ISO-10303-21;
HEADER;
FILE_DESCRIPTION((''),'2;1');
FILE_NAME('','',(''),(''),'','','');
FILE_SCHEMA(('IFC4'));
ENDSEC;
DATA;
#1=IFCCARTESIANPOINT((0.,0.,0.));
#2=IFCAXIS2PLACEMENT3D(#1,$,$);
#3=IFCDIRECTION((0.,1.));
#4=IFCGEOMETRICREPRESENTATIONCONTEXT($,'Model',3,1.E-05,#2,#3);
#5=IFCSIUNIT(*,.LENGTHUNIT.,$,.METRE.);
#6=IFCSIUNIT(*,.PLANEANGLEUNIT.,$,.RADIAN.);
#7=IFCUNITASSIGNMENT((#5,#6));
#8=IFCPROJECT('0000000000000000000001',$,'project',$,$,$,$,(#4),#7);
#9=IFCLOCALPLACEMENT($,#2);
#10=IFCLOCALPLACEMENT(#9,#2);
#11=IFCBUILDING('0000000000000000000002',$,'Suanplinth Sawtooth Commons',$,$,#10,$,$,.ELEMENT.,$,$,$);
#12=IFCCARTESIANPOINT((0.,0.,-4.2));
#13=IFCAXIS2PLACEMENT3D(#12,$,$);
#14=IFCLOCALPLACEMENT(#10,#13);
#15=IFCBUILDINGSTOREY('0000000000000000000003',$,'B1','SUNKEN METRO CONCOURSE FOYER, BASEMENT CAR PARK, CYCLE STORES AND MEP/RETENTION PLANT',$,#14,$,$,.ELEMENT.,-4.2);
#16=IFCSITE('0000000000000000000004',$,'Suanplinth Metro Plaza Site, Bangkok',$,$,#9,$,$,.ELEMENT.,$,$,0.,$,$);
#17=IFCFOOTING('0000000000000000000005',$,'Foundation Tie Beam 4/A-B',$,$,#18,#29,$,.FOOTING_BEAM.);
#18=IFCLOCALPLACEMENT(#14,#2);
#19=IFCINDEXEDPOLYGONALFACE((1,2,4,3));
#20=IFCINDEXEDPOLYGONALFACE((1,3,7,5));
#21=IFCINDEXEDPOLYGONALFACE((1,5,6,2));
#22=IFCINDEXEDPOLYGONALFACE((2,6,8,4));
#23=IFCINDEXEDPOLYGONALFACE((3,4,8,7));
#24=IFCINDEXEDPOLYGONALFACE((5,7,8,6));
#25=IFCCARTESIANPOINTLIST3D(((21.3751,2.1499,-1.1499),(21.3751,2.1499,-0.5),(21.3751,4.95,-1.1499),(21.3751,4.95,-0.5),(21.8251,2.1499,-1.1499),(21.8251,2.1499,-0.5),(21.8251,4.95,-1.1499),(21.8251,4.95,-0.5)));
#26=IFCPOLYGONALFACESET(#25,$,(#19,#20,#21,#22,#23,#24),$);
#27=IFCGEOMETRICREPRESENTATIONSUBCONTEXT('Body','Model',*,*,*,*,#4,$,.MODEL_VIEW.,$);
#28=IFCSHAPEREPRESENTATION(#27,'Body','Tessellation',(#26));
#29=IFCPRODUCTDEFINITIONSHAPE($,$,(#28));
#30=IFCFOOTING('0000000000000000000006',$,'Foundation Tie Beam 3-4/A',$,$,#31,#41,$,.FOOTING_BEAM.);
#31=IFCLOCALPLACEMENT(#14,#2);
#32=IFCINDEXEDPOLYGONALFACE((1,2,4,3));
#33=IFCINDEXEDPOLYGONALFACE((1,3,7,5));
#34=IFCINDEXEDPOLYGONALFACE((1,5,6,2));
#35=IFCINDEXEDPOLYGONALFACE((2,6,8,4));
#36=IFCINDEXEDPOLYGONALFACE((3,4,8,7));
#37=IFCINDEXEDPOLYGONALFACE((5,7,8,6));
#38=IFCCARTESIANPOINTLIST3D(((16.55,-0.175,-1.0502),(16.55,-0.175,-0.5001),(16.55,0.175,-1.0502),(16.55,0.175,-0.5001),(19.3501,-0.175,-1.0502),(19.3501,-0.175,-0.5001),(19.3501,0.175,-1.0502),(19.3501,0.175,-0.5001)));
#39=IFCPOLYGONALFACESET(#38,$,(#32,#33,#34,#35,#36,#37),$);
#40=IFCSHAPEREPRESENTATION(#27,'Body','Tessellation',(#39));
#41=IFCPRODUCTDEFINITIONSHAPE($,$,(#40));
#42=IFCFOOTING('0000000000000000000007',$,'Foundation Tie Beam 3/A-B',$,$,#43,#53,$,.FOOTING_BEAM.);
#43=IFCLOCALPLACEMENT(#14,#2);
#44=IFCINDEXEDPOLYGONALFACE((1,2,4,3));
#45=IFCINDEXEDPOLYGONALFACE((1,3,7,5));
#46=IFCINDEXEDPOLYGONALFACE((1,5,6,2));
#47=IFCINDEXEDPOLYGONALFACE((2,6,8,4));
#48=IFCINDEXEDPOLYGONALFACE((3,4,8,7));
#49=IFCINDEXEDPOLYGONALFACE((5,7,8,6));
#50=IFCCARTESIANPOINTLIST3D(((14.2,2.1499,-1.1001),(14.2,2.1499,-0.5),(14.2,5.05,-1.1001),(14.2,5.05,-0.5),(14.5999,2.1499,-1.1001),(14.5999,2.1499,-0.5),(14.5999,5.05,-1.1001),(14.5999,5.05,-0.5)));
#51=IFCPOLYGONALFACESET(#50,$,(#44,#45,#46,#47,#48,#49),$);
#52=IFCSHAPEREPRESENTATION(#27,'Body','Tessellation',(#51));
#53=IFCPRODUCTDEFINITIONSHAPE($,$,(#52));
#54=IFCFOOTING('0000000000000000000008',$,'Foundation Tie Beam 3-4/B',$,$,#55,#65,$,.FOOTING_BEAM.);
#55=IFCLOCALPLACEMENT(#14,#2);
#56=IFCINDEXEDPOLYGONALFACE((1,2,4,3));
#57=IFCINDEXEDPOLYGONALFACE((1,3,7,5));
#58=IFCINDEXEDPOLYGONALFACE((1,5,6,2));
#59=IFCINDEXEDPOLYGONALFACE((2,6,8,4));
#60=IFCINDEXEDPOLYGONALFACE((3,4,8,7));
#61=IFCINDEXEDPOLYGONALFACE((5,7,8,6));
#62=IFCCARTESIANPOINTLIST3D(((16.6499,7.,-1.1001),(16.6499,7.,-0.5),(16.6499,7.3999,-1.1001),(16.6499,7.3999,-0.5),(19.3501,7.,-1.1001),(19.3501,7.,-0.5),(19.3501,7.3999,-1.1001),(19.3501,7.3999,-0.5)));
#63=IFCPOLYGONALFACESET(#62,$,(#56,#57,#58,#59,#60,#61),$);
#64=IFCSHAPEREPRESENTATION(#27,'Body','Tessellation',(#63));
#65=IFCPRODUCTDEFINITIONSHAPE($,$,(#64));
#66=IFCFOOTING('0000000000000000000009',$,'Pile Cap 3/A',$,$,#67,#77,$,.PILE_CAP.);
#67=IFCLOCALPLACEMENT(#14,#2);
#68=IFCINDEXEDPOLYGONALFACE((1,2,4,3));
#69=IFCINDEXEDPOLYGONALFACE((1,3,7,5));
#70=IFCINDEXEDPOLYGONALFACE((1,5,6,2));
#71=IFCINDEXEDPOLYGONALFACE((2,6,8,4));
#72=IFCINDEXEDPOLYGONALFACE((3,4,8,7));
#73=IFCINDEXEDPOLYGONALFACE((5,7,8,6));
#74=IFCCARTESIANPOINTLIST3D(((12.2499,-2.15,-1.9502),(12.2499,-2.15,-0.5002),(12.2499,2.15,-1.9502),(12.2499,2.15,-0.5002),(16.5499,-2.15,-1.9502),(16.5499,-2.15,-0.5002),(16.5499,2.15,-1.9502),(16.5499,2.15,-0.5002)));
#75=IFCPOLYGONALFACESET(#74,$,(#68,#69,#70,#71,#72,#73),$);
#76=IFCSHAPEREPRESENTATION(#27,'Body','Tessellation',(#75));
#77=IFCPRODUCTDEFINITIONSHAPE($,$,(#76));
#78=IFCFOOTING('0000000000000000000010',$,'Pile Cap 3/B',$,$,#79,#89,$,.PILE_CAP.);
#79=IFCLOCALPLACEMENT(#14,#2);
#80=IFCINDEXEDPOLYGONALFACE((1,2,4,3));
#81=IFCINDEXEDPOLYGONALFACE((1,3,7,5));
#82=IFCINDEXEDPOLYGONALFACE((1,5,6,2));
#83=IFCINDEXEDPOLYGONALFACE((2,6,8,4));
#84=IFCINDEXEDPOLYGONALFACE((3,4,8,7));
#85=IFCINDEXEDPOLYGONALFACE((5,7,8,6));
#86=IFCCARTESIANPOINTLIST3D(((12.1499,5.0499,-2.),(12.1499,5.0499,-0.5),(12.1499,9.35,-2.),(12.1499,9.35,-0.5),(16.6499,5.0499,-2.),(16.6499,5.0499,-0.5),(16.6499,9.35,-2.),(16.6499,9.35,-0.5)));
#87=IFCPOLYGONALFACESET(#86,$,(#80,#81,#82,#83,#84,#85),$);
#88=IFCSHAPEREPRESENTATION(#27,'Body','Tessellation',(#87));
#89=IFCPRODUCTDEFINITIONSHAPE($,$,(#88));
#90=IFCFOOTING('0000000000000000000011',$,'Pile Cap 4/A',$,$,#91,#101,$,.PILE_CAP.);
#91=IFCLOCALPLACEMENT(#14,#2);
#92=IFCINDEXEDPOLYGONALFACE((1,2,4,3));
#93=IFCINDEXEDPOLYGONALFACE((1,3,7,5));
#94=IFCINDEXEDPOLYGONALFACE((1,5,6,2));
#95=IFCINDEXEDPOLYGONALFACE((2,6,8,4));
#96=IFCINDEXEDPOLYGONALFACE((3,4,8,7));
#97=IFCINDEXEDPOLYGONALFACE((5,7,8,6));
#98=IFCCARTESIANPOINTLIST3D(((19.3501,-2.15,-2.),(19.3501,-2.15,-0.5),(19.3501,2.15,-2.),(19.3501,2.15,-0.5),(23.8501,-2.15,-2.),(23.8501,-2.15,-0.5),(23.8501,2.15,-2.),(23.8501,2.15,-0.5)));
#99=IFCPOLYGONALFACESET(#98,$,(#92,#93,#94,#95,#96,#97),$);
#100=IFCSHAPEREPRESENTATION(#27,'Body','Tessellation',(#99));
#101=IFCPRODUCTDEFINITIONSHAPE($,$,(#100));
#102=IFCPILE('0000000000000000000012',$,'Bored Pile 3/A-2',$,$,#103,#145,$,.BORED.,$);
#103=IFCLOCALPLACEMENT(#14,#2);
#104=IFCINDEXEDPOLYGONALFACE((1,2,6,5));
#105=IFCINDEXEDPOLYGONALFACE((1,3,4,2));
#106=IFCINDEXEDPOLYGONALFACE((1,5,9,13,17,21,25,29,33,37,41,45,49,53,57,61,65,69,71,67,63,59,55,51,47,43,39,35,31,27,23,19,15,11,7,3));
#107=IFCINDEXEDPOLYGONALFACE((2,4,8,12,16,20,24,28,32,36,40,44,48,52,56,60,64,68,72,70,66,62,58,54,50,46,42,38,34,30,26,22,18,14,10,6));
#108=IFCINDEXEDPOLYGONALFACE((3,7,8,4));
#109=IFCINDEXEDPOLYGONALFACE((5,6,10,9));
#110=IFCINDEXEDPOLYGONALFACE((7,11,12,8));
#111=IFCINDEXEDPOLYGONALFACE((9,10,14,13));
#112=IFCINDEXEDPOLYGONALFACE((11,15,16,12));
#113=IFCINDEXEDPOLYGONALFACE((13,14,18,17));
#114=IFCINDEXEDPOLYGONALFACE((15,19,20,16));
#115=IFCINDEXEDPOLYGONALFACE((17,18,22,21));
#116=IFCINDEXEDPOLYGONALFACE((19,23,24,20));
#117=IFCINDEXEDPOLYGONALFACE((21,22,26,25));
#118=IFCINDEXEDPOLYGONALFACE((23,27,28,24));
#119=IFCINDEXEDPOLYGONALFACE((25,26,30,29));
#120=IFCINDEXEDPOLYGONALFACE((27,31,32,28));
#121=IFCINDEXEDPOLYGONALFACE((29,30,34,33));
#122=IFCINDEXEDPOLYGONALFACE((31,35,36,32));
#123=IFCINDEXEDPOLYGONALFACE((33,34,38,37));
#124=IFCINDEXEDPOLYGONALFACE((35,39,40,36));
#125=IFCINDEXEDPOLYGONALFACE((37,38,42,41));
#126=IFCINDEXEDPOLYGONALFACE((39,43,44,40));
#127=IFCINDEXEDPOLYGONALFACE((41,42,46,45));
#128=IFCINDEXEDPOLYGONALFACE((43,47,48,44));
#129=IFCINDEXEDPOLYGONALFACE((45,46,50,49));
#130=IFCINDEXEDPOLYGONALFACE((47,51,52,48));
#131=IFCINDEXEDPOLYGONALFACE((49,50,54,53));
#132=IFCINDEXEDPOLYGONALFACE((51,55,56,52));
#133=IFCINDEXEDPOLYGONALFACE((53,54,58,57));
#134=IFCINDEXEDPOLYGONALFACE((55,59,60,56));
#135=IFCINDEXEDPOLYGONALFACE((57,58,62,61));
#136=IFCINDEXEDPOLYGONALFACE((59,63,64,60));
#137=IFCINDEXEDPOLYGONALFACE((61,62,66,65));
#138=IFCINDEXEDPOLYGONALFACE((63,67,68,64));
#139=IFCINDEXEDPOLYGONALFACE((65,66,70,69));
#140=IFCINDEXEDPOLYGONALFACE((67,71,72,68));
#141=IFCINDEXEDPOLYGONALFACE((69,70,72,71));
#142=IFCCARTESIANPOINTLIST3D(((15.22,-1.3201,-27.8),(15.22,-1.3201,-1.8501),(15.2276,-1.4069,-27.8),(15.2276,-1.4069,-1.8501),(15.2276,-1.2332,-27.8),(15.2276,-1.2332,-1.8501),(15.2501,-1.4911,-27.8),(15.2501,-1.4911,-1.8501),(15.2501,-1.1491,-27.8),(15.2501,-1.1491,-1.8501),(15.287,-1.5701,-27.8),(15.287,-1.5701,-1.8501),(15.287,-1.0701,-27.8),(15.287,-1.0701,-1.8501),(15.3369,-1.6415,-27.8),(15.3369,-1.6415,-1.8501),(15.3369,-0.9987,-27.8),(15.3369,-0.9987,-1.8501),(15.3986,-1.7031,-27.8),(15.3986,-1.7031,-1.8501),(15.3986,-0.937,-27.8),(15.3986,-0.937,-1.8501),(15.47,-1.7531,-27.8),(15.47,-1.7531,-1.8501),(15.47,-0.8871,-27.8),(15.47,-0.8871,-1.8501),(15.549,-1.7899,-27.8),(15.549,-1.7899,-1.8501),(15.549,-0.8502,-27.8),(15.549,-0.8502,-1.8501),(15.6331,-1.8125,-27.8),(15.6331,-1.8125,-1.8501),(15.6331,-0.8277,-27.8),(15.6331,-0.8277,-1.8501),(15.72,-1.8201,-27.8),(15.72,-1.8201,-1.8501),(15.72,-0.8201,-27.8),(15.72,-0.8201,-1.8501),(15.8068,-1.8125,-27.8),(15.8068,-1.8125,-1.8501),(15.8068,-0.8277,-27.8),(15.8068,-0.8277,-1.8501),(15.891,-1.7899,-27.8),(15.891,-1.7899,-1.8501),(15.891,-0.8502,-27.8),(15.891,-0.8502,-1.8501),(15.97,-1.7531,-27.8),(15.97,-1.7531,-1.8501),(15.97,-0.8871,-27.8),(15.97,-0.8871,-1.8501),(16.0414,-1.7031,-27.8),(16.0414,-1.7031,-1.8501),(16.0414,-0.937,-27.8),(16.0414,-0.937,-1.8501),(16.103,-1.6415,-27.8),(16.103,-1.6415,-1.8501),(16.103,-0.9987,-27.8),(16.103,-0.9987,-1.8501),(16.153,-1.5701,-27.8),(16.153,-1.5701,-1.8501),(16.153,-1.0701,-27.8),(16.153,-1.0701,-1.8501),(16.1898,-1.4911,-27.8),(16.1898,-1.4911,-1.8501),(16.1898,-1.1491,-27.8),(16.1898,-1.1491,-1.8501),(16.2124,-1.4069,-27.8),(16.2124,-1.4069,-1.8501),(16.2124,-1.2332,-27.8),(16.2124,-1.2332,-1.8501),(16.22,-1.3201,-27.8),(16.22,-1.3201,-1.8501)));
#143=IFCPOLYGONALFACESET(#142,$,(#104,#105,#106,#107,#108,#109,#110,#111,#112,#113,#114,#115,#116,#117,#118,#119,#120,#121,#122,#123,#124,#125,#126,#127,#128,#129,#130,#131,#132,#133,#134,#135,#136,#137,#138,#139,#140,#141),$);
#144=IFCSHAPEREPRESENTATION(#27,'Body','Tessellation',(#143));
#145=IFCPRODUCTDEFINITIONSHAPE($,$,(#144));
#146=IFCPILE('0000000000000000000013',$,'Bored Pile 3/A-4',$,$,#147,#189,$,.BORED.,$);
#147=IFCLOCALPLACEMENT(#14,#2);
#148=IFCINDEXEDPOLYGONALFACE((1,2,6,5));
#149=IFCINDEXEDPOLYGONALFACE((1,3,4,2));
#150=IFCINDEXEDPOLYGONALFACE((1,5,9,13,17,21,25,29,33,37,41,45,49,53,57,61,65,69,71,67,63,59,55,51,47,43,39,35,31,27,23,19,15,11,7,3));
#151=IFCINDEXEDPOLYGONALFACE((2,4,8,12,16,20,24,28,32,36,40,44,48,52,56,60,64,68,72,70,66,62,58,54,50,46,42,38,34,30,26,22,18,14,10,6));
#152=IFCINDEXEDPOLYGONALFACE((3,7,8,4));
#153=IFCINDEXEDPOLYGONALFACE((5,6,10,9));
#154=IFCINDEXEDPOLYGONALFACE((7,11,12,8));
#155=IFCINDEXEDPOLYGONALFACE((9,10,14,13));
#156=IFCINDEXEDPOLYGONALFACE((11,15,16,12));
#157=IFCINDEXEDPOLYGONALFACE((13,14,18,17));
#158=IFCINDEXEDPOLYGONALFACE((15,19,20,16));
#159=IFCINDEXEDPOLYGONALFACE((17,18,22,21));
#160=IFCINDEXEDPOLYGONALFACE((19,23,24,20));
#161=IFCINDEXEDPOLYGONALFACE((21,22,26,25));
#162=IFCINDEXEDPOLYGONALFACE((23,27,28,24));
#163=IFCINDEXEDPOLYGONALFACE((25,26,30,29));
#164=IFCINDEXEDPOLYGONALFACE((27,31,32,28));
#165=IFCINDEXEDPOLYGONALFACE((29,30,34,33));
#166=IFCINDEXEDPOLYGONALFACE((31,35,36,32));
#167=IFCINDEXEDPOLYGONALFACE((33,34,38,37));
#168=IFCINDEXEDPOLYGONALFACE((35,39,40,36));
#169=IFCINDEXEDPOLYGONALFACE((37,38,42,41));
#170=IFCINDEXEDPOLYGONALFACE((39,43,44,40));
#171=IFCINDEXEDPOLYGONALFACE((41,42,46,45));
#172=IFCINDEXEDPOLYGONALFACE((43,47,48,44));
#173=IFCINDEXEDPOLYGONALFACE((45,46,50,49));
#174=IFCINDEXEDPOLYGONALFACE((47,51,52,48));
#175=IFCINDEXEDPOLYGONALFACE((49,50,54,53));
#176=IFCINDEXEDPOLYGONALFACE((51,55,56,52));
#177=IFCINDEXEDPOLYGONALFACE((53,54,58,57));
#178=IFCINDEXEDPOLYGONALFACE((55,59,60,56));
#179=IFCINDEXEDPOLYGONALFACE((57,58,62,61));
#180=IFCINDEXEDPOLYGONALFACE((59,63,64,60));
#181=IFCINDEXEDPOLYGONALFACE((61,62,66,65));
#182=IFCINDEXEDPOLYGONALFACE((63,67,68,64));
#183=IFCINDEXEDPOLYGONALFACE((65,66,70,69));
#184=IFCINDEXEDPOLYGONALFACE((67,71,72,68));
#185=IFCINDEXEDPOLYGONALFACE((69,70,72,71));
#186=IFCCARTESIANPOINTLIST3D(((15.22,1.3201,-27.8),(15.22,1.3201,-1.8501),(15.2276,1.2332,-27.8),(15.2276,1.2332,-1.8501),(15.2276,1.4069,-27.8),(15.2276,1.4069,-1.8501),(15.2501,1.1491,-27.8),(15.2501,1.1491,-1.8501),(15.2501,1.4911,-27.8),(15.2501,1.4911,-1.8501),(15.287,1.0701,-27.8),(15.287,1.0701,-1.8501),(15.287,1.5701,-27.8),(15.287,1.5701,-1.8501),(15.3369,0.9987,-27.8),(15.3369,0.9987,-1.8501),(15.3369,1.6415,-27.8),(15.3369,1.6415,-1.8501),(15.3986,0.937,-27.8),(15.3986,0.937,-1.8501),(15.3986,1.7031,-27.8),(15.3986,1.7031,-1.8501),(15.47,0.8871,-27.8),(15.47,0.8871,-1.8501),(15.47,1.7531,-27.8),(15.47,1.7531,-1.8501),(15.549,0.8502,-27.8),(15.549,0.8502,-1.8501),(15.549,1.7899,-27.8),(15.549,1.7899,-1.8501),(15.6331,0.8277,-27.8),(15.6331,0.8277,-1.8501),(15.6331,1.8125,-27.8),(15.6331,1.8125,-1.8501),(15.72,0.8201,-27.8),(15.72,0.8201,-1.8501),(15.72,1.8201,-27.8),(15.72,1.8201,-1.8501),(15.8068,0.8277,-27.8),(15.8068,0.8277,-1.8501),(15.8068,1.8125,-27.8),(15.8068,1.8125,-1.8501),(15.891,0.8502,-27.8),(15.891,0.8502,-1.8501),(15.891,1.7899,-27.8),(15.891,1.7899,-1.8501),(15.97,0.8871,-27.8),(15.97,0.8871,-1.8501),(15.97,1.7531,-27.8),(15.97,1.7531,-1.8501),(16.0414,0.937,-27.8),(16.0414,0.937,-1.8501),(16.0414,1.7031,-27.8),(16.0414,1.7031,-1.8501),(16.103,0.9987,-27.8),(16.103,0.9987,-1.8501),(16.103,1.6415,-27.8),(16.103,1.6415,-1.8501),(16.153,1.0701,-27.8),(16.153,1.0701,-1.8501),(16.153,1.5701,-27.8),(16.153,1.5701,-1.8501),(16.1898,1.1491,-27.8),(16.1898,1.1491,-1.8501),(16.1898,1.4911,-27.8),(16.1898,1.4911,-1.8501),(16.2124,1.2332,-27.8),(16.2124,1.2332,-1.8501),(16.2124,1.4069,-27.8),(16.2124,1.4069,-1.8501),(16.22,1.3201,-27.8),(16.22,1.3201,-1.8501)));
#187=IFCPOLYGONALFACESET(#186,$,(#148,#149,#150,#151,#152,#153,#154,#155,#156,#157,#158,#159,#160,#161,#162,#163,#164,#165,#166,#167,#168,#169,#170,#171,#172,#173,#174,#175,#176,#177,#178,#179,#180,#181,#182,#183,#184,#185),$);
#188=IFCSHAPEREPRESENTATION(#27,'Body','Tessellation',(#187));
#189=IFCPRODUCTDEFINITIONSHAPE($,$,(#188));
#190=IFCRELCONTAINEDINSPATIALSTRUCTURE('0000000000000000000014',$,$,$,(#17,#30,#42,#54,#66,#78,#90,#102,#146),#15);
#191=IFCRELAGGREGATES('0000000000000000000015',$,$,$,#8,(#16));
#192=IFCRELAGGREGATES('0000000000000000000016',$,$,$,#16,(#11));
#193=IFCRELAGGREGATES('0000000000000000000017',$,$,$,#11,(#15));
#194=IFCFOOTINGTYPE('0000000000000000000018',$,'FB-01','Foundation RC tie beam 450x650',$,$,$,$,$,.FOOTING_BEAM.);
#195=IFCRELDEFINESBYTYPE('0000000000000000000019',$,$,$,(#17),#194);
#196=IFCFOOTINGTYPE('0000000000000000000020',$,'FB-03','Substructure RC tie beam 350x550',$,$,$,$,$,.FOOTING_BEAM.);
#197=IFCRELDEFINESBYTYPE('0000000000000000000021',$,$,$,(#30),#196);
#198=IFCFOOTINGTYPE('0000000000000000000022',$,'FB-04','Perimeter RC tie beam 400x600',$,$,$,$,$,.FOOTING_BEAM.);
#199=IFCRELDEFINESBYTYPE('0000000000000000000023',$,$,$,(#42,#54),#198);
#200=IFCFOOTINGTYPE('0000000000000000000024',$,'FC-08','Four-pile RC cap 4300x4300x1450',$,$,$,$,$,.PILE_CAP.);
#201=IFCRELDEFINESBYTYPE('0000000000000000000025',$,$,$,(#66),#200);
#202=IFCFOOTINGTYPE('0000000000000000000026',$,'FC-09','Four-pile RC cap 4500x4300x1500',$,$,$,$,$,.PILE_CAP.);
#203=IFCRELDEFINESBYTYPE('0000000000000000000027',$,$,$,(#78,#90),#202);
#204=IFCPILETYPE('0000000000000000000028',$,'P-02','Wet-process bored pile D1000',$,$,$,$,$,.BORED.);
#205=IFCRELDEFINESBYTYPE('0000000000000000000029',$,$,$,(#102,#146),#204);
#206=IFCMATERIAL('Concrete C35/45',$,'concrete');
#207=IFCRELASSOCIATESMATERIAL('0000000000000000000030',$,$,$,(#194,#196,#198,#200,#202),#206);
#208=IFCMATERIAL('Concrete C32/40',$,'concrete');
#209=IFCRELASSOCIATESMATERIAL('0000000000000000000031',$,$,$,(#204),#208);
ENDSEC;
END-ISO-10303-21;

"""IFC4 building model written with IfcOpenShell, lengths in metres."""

from ifc_helpers import new_model, si_unit, direction, frame, origin, origin_2d, place, context, subcontext, project, spatial, rectangle, circle, extrude, material, material_profile, profile_set, type_object, element, save


model = new_model("IFC4")

# Units and contexts
model_context = context("Model", 3, precision=1e-05, world=origin(), true_north=direction((0.0, 1.0)))
body_context = subcontext(model_context, "Body", "Model", "MODEL_VIEW")
ifc_project = project(units=[si_unit("LENGTHUNIT", "METRE"), si_unit("PLANEANGLEUNIT", "RADIAN")], contexts=[model_context])

# Site, building, storey
site_placement = place(None, origin())
site = spatial("IfcSite", under=ifc_project, at=site_placement, Name="Suanplinth Metro Plaza Site, Bangkok", CompositionType="ELEMENT", RefElevation=0.0)
building_placement = place(site_placement, origin())
building = spatial("IfcBuilding", under=site, at=building_placement, Name="Suanplinth Sawtooth Commons", CompositionType="ELEMENT")
storey_placement = place(building_placement, frame((0.0, 0.0, -4.2)))
storey = spatial("IfcBuildingStorey", under=building, at=storey_placement, Name="B1", Description="SUNKEN METRO CONCOURSE FOYER, BASEMENT CAR PARK, CYCLE STORES AND MEP/RETENTION PLANT", CompositionType="ELEMENT", Elevation=-4.2)

# Footings
ifc_material_1 = material(Name="Concrete C35/45", Category="concrete")
ifc_material_profile_1 = material_profile(ifc_material_1, rectangle(XDim=0.45, YDim=0.6499, at=origin_2d()), Name="PC-GDR 450x650")
ifc_profile_set_1 = profile_set([ifc_material_profile_1], Name="Concrete C35/45")
footing_type_1 = type_object("IfcFootingType", Name="FB-01", Description="Foundation RC tie beam 450x650", PredefinedType="FOOTING_BEAM", material=ifc_profile_set_1)
footing_1_placement = place(storey_placement, frame((21.6001, 2.1499, -0.825), z_axis=(0.0, 1.0, 0.0), x_axis=(-1.0, 0.0, 0.0)))
element("IfcFooting", 1, at=footing_1_placement, inside=storey, type_object=footing_type_1, Name="Foundation Tie Beam 4/A-B", PredefinedType="FOOTING_BEAM", context=body_context, shape_type="SweptSolid", body=[
    extrude(rectangle(XDim=0.45, YDim=0.6499, at=origin_2d()), origin(), (0.0, 0.0, 1.0), 2.8),
])
ifc_material_profile_2 = material_profile(ifc_material_1, rectangle(XDim=0.3501, YDim=0.55, at=origin_2d()), Name="PC-BM 350x550")
ifc_profile_set_2 = profile_set([ifc_material_profile_2], Name="Concrete C35/45")
footing_type_2 = type_object("IfcFootingType", Name="FB-03", Description="Substructure RC tie beam 350x550", PredefinedType="FOOTING_BEAM", material=ifc_profile_set_2)
footing_2_placement = place(storey_placement, frame((16.55, 0.0, -0.7751), z_axis=(1.0, 0.0, 0.0), x_axis=(0.0, 1.0, 0.0)))
element("IfcFooting", 2, at=footing_2_placement, inside=storey, type_object=footing_type_2, Name="Foundation Tie Beam 3-4/A", PredefinedType="FOOTING_BEAM", context=body_context, shape_type="SweptSolid", body=[
    extrude(rectangle(XDim=0.3501, YDim=0.55, at=origin_2d()), origin(), (0.0, 0.0, 1.0), 2.8),
])
ifc_material_profile_3 = material_profile(ifc_material_1, rectangle(XDim=0.3999, YDim=0.6001, at=origin_2d()), Name="PC-GDR 400x600")
ifc_profile_set_3 = profile_set([ifc_material_profile_3], Name="Concrete C35/45")
footing_type_3 = type_object("IfcFootingType", Name="FB-04", Description="Perimeter RC tie beam 400x600", PredefinedType="FOOTING_BEAM", material=ifc_profile_set_3)
footing_3_placement = place(storey_placement, frame((14.3999, 2.1499, -0.8), z_axis=(0.0, 1.0, 0.0), x_axis=(-1.0, 0.0, 0.0)))
element("IfcFooting", 3, at=footing_3_placement, inside=storey, type_object=footing_type_3, Name="Foundation Tie Beam 3/A-B", PredefinedType="FOOTING_BEAM", context=body_context, shape_type="SweptSolid", body=[
    extrude(rectangle(XDim=0.3999, YDim=0.6001, at=origin_2d()), origin(), (0.0, 0.0, 1.0), 2.9001),
])
footing_4_placement = place(storey_placement, frame((16.6499, 7.2, -0.8), z_axis=(1.0, 0.0, 0.0), x_axis=(0.0, 1.0, 0.0)))
element("IfcFooting", 4, at=footing_4_placement, inside=storey, type_object=footing_type_3, Name="Foundation Tie Beam 3-4/B", PredefinedType="FOOTING_BEAM", context=body_context, shape_type="SweptSolid", body=[
    extrude(rectangle(XDim=0.3999, YDim=0.6001, at=origin_2d()), origin(), (0.0, 0.0, 1.0), 2.7002),
])
footing_type_4 = type_object("IfcFootingType", Name="FC-08", Description="Four-pile RC cap 4300x4300x1450", PredefinedType="PILE_CAP", material=ifc_material_1)
footing_5_placement = place(storey_placement, frame((14.3999, 0.0, -1.9502), z_axis=(0.0, 0.0, 1.0), x_axis=(1.0, 0.0, 0.0)))
element("IfcFooting", 5, at=footing_5_placement, inside=storey, type_object=footing_type_4, Name="Pile Cap 3/A", PredefinedType="PILE_CAP", context=body_context, shape_type="SweptSolid", body=[
    extrude(rectangle(XDim=4.3, YDim=4.3, at=origin_2d()), origin(), (0.0, 0.0, 1.0), 1.45),
])
footing_type_5 = type_object("IfcFootingType", Name="FC-09", Description="Four-pile RC cap 4500x4300x1500", PredefinedType="PILE_CAP", material=ifc_material_1)
for number, where, z_axis, x_axis, name in (
    (6, (14.3999, 7.2, -2.0), (0.0, 0.0, 1.0), (1.0, 0.0, 0.0), "Pile Cap 3/B"),
    (7, (21.6001, 0.0, -2.0), (0.0, 0.0, 1.0), (1.0, 0.0, 0.0), "Pile Cap 4/A"),
):
    element("IfcFooting", number, at=place(storey_placement, frame(where, z_axis=z_axis, x_axis=x_axis)), inside=storey, type_object=footing_type_5, Name=name, PredefinedType="PILE_CAP", context=body_context, shape_type="SweptSolid", body=[
        extrude(rectangle(XDim=4.5, YDim=4.3, at=origin_2d()), origin(), (0.0, 0.0, 1.0), 1.5),
    ])

# Piles
ifc_material_2 = material(Name="Concrete C32/40", Category="concrete")
ifc_material_profile_4 = material_profile(ifc_material_2, circle(Radius=0.5, at=origin_2d()), Name="PILE D1000")
ifc_profile_set_4 = profile_set([ifc_material_profile_4], Name="Concrete C32/40")
pile_type = type_object("IfcPileType", Name="P-02", Description="Wet-process bored pile D1000", PredefinedType="BORED", material=ifc_profile_set_4)
for number, where, z_axis, x_axis, name in (
    (8, (15.72, -1.3201, -1.8501), (0.0, 0.0, -1.0), (1.0, 0.0, 0.0), "Bored Pile 3/A-2"),
    (9, (15.72, 1.3201, -1.8501), (0.0, 0.0, -1.0), (1.0, 0.0, 0.0), "Bored Pile 3/A-4"),
):
    element("IfcPile", number, at=place(storey_placement, frame(where, z_axis=z_axis, x_axis=x_axis)), inside=storey, type_object=pile_type, Name=name, PredefinedType="BORED", context=body_context, shape_type="SweptSolid", body=[
        extrude(circle(Radius=0.5, at=origin_2d()), origin(), (0.0, 0.0, 1.0), 25.95),
    ])

save(model, "model.ifc")
